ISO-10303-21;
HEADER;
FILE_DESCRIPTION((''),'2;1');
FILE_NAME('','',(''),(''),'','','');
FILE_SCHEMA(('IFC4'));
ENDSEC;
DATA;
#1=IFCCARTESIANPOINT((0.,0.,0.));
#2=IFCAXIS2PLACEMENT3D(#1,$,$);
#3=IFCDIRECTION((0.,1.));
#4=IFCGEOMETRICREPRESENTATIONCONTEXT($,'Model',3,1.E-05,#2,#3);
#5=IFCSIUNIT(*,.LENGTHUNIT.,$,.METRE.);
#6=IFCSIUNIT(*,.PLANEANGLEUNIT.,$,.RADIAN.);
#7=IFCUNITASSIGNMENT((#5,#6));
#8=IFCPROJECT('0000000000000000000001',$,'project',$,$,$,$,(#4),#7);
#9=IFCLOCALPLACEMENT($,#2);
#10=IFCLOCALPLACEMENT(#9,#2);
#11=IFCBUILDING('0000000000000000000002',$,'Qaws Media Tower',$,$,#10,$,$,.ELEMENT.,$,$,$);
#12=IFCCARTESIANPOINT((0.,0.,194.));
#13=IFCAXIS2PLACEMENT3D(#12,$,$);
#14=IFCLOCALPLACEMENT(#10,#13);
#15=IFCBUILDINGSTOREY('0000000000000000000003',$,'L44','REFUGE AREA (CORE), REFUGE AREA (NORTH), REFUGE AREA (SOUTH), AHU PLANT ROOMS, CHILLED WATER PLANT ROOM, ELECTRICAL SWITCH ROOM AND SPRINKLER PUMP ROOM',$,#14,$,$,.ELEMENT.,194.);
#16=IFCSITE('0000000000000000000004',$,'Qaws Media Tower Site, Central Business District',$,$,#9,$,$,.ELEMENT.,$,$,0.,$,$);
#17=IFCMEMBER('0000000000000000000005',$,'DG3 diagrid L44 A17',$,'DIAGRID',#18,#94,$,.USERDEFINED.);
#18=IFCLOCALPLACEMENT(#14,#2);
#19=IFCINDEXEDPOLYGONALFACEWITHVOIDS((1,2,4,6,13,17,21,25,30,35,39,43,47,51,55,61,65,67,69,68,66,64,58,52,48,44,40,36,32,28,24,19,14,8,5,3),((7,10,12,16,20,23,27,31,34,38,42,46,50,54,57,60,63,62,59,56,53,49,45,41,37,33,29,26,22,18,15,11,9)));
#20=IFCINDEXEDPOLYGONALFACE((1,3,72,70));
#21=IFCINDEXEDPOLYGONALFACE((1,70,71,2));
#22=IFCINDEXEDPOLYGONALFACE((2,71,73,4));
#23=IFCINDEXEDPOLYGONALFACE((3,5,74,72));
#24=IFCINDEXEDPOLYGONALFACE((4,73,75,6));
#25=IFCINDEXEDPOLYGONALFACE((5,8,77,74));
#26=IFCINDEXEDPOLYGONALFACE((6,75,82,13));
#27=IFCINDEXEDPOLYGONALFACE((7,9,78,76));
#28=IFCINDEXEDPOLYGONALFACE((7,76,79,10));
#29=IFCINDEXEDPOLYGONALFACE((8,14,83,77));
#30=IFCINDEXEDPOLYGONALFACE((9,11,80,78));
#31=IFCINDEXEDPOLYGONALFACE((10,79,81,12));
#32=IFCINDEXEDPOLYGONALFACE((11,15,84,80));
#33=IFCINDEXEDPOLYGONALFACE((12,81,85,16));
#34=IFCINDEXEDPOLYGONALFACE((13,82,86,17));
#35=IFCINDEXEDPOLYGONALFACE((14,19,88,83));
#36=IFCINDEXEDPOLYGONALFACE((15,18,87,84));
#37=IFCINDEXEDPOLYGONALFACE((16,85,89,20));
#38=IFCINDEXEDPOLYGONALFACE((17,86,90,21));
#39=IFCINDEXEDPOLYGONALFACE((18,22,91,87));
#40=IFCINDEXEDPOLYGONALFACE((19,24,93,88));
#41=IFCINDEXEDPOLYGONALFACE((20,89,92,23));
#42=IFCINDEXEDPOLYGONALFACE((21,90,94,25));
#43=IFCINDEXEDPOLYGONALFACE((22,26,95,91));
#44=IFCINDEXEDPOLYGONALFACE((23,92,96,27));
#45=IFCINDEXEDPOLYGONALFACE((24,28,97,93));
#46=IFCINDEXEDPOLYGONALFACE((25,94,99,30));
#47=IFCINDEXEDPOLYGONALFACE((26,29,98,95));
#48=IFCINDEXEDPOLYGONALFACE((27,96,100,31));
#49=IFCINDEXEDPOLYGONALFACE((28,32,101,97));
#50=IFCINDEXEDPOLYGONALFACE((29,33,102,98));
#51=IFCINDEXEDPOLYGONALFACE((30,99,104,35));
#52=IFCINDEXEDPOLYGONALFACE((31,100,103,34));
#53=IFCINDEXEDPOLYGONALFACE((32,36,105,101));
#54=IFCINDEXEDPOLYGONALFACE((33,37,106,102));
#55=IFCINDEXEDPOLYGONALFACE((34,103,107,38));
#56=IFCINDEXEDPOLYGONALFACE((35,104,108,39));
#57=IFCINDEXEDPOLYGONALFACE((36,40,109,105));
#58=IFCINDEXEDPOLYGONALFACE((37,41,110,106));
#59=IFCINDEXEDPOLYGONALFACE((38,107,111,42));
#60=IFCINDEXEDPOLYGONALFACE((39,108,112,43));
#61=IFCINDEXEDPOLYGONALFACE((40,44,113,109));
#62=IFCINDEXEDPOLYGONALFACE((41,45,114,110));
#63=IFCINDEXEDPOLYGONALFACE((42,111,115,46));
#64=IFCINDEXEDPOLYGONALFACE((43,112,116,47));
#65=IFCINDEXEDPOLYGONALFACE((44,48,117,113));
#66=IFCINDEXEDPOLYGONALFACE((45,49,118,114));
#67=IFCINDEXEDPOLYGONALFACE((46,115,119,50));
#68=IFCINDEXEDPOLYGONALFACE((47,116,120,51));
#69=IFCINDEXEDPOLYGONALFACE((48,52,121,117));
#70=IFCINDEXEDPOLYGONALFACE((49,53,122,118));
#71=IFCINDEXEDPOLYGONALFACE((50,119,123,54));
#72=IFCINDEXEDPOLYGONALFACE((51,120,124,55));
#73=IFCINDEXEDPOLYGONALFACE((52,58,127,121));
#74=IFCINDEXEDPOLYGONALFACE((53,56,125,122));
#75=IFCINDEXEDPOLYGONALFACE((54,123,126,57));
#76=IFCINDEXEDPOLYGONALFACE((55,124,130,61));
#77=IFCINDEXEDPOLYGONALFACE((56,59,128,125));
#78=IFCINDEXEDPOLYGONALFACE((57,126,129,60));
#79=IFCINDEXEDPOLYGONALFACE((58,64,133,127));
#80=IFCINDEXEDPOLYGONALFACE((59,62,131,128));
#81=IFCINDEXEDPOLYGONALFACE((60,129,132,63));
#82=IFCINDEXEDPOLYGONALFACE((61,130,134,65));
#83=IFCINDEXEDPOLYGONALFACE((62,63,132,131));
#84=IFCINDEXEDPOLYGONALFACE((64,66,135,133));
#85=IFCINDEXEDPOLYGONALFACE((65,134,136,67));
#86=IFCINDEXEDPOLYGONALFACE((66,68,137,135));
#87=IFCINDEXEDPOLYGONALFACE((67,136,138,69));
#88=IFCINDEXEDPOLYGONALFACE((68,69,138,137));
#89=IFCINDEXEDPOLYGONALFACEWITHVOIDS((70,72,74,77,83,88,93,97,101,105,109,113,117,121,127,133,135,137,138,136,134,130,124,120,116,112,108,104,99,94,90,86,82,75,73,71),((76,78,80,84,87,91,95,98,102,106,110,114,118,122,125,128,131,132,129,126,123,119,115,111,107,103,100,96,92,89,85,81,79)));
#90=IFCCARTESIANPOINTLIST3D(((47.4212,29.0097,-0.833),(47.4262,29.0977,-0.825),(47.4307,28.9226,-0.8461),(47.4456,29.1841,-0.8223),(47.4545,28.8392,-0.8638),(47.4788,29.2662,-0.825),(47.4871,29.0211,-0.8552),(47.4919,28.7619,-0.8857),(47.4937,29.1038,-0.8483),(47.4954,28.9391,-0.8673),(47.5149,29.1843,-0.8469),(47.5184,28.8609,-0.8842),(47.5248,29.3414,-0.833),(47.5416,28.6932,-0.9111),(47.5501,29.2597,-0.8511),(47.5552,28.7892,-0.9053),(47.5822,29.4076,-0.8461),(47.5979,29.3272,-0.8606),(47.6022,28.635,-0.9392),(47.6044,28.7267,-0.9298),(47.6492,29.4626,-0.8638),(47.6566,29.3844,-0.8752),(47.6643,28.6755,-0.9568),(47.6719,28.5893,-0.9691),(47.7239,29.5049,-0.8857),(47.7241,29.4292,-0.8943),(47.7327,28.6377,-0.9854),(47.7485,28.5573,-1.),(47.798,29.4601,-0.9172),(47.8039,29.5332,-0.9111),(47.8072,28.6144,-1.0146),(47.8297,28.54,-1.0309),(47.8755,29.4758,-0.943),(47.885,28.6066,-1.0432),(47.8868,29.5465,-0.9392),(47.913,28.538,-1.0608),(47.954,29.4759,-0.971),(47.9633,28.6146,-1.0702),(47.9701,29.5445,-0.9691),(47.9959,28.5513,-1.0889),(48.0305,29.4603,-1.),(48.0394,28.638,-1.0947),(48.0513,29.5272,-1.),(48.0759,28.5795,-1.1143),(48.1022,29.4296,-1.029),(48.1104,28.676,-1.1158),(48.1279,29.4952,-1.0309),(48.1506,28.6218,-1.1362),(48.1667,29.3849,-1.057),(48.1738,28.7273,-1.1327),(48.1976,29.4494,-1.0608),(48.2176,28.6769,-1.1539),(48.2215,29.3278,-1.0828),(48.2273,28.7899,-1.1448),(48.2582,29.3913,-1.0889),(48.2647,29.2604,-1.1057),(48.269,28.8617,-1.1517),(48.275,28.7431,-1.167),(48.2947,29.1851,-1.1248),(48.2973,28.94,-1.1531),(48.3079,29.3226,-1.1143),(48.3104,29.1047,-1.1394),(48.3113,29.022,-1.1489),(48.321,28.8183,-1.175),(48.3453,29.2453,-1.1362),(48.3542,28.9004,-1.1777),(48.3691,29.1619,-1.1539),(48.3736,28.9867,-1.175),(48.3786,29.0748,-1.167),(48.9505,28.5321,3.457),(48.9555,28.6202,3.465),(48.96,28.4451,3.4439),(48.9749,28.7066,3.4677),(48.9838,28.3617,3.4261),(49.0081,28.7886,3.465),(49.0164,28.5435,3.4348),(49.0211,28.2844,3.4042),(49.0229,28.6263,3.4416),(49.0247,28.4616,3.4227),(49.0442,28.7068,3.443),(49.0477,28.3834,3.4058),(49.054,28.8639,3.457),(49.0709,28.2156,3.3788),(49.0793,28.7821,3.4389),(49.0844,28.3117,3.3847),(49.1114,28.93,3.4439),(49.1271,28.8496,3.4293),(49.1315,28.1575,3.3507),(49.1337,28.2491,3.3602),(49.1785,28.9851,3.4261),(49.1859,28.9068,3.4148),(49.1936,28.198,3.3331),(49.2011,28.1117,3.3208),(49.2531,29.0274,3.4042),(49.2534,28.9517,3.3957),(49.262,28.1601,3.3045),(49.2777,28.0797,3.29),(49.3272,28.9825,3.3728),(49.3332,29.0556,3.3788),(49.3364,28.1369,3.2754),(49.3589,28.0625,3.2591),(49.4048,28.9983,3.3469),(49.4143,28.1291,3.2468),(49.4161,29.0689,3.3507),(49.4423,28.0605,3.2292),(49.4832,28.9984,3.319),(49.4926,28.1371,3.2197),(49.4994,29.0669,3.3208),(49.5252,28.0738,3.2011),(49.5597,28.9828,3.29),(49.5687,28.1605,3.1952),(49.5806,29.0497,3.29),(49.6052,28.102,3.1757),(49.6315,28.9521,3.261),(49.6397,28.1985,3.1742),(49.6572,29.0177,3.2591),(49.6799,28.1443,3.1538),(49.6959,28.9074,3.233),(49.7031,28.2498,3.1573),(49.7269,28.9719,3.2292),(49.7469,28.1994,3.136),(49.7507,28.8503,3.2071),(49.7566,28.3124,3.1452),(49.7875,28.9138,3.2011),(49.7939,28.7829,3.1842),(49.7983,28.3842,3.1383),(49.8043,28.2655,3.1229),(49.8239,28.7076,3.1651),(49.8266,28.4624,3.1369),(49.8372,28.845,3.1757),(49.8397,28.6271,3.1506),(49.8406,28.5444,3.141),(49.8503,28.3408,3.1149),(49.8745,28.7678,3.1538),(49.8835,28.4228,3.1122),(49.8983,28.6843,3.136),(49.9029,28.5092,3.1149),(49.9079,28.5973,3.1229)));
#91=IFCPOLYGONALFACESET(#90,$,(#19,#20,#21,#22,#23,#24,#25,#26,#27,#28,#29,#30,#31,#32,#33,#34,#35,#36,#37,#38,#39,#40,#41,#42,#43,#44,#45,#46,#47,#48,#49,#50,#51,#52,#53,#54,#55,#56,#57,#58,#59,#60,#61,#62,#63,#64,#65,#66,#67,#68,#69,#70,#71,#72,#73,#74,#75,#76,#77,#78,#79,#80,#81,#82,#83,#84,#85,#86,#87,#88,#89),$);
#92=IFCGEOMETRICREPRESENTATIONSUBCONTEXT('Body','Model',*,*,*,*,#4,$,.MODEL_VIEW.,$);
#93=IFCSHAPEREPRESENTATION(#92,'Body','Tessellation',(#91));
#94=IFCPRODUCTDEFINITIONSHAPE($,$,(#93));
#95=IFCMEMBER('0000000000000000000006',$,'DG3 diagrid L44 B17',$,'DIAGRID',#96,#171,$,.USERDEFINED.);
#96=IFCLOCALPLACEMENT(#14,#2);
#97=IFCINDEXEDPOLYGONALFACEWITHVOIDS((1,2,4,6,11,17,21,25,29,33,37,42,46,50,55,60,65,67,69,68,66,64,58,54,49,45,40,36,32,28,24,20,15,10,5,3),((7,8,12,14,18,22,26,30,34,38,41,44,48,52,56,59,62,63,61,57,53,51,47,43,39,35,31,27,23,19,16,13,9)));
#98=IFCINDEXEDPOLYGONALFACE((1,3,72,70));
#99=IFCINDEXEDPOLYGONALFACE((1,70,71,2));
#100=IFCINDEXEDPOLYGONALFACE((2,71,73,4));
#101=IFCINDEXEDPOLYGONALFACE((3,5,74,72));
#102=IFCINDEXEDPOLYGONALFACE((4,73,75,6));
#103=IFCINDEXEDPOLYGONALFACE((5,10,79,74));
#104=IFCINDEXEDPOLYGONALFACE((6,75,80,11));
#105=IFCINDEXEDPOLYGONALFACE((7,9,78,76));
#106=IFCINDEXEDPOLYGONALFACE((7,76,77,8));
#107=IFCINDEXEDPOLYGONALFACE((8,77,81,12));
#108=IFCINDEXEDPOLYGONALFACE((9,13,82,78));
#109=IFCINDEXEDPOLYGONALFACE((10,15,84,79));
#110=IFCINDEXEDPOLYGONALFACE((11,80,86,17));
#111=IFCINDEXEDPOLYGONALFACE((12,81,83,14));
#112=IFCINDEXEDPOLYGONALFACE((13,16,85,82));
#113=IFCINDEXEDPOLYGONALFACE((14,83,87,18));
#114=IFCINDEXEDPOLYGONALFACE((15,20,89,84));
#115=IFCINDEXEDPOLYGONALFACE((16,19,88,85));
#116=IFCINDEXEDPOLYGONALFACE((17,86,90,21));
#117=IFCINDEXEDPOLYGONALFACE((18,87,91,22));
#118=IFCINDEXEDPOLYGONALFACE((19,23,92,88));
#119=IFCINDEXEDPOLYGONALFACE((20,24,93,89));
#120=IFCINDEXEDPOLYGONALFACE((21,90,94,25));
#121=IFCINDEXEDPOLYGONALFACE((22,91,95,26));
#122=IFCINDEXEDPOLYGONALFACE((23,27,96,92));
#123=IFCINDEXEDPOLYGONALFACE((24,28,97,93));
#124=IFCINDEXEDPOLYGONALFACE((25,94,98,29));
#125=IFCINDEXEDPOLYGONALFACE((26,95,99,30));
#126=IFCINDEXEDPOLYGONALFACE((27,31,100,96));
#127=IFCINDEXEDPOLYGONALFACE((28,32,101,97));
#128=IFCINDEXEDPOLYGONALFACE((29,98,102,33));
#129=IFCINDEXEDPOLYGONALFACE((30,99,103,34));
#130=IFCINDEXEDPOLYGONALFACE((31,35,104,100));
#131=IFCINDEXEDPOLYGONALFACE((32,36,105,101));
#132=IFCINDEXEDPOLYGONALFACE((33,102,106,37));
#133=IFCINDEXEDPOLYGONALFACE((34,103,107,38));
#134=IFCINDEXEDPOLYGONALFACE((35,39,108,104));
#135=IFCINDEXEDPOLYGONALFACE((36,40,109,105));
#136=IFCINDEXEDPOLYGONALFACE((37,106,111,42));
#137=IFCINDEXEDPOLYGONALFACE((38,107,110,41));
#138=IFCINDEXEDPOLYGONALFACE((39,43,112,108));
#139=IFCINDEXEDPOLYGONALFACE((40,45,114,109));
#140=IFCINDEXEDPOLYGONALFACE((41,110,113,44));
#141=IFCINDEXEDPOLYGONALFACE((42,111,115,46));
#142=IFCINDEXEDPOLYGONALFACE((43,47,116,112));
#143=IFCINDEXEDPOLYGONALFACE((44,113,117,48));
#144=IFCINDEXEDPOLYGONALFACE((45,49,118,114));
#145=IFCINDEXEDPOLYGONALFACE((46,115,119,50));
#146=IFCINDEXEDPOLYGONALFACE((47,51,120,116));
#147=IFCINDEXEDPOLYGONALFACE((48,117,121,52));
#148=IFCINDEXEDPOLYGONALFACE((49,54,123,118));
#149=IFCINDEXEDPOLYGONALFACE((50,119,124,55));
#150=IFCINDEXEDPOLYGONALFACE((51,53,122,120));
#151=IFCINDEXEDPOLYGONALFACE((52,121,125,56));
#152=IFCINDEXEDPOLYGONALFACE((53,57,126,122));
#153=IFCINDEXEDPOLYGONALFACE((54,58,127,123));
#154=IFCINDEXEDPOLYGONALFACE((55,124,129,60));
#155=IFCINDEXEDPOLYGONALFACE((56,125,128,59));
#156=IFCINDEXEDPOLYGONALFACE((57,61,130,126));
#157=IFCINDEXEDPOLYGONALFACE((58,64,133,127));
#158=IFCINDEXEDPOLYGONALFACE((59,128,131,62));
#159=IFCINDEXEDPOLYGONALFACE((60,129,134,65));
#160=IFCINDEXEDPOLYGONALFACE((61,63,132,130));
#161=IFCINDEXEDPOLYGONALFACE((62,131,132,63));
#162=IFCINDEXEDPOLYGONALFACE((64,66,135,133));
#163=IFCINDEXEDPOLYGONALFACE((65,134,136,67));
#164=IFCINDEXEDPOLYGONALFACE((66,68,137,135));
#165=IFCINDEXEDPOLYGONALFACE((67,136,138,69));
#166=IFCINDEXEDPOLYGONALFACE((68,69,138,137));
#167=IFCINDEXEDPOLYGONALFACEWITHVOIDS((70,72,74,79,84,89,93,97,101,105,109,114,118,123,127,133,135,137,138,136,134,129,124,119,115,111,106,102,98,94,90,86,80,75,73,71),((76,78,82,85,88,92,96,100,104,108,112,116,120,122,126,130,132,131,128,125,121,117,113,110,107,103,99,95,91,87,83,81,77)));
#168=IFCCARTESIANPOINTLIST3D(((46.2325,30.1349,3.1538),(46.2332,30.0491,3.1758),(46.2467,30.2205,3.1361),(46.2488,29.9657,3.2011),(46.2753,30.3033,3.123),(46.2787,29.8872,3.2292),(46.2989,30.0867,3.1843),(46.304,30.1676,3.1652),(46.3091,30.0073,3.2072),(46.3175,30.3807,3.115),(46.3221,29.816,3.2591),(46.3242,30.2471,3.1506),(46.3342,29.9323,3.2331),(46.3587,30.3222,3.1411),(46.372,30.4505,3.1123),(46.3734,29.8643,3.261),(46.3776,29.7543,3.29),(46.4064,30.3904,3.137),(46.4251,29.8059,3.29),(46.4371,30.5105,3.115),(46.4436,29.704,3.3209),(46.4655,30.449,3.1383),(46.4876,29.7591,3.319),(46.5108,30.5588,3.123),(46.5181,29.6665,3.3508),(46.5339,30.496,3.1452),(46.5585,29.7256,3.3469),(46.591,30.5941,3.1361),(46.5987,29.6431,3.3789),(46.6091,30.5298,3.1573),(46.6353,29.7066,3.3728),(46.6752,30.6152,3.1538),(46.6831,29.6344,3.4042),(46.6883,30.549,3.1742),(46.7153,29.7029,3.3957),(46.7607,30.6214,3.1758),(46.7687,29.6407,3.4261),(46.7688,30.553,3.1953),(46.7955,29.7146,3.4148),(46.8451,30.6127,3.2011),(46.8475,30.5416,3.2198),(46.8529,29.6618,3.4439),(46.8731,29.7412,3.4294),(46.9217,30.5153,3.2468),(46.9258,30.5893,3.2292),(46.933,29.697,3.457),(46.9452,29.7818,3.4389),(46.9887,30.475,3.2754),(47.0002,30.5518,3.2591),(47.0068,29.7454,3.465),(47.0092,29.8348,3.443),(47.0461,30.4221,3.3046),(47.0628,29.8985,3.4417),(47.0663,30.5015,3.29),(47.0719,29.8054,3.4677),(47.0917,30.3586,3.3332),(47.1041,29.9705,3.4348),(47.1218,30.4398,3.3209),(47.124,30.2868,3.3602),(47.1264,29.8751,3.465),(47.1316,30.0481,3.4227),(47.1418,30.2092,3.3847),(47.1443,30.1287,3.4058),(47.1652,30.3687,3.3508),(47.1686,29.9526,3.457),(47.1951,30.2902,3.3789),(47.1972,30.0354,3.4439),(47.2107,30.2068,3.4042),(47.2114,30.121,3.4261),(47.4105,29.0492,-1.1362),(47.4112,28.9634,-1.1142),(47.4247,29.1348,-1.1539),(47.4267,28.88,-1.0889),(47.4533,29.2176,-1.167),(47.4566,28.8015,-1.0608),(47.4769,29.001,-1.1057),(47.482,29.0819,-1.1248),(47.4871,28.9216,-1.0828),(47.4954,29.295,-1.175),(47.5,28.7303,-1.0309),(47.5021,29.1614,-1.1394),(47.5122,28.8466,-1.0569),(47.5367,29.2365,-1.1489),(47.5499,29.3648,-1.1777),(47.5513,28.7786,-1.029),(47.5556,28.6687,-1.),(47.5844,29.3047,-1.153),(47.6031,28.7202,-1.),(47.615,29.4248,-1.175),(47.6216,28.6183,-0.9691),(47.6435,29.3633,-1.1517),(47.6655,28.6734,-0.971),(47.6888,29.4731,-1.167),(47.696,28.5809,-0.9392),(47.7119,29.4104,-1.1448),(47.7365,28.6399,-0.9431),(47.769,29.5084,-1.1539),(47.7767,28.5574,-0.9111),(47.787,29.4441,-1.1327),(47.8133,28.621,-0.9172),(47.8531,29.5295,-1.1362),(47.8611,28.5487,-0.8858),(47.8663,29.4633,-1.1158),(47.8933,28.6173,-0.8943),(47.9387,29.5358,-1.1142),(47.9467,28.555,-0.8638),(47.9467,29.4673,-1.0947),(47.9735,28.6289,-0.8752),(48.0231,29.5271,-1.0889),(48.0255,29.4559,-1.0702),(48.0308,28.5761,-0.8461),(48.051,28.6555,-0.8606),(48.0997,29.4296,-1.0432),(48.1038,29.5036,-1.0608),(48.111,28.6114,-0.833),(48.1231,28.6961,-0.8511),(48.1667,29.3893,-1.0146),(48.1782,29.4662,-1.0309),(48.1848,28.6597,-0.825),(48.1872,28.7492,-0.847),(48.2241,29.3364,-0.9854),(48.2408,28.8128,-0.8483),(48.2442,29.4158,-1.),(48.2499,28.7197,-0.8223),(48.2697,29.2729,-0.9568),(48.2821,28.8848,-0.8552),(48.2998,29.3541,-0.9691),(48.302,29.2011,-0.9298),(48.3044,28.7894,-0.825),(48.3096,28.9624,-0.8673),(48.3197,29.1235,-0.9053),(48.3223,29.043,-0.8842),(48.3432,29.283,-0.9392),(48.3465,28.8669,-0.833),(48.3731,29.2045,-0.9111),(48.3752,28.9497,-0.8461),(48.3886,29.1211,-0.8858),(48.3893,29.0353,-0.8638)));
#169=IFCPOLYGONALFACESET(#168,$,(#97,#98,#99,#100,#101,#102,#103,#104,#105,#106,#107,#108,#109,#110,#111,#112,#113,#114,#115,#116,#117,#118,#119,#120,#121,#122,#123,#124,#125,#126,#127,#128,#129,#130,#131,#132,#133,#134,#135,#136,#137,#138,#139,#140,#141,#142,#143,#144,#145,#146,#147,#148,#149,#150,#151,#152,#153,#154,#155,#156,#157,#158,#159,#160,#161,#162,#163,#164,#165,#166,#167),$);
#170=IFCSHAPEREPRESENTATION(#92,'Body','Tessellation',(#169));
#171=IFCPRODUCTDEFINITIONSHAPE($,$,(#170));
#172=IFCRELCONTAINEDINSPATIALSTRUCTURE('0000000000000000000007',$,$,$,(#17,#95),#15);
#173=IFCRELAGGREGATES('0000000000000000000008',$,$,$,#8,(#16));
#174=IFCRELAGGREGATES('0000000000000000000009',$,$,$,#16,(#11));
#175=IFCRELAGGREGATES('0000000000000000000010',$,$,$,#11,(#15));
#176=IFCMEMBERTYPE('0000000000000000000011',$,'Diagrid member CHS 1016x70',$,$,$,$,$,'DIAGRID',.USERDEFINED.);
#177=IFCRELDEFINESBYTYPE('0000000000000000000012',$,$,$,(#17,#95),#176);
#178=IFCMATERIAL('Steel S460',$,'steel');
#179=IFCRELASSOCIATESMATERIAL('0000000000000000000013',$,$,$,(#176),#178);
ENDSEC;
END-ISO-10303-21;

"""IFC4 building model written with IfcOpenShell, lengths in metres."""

from ifc_helpers import new_model, si_unit, direction, frame, origin, origin_2d, place, context, subcontext, project, spatial, hollow_circle, extrude, material, material_profile, profile_set, type_object, element, save


model = new_model("IFC4")

# Units and contexts
model_context = context("Model", 3, precision=1e-05, world=origin(), true_north=direction((0.0, 1.0)))
body_context = subcontext(model_context, "Body", "Model", "MODEL_VIEW")
ifc_project = project(units=[si_unit("LENGTHUNIT", "METRE"), si_unit("PLANEANGLEUNIT", "RADIAN")], contexts=[model_context])

# Site, building, storey
site_placement = place(None, origin())
site = spatial("IfcSite", under=ifc_project, at=site_placement, Name="Qaws Media Tower Site, Central Business District", CompositionType="ELEMENT", RefElevation=0.0)
building_placement = place(site_placement, origin())
building = spatial("IfcBuilding", under=site, at=building_placement, Name="Qaws Media Tower", CompositionType="ELEMENT")
storey_placement = place(building_placement, frame((0.0, 0.0, 194.0)))
storey = spatial("IfcBuildingStorey", under=building, at=storey_placement, Name="L44", Description="REFUGE AREA (CORE), REFUGE AREA (NORTH), REFUGE AREA (SOUTH), AHU PLANT ROOMS, CHILLED WATER PLANT ROOM, ELECTRICAL SWITCH ROOM AND SPRINKLER PUMP ROOM", CompositionType="ELEMENT", Elevation=194.0)

# Members
ifc_material_1 = material(Name="Steel S460", Category="steel")
ifc_material_profile_1 = material_profile(ifc_material_1, hollow_circle(Radius=0.5081, WallThickness=0.0701, at=origin_2d()), Name="CHS 1016x70")
ifc_profile_set_1 = profile_set([ifc_material_profile_1], Name="Steel S460")
member_type_1 = type_object("IfcMemberType", Name="Diagrid member CHS 1016x70", ElementType="DIAGRID", PredefinedType="USERDEFINED", material=ifc_profile_set_1)
for number, where, z_axis, x_axis, name in (
    (1, (47.8999, 29.0422, -1.0), (0.333949, -0.104279, 0.936805), (0.298067, 0.954545, 0.0), "DG3 diagrid L44 A17"),
    (2, (47.8999, 29.0422, -1.0), (-0.257235, 0.237083, 0.936815), (-0.677717, -0.735323, 0.0), "DG3 diagrid L44 B17"),
):
    element("IfcMember", number, at=place(storey_placement, frame(where, z_axis=z_axis, x_axis=x_axis)), inside=storey, type_object=member_type_1, Name=name, ObjectType="DIAGRID", PredefinedType="USERDEFINED", context=body_context, shape_type="SweptSolid", body=[
        extrude(hollow_circle(Radius=0.5081, WallThickness=0.0701, at=origin_2d()), origin(), (0.0, 0.0, 1.0), 4.5793),
    ])

save(model, "model.ifc")
